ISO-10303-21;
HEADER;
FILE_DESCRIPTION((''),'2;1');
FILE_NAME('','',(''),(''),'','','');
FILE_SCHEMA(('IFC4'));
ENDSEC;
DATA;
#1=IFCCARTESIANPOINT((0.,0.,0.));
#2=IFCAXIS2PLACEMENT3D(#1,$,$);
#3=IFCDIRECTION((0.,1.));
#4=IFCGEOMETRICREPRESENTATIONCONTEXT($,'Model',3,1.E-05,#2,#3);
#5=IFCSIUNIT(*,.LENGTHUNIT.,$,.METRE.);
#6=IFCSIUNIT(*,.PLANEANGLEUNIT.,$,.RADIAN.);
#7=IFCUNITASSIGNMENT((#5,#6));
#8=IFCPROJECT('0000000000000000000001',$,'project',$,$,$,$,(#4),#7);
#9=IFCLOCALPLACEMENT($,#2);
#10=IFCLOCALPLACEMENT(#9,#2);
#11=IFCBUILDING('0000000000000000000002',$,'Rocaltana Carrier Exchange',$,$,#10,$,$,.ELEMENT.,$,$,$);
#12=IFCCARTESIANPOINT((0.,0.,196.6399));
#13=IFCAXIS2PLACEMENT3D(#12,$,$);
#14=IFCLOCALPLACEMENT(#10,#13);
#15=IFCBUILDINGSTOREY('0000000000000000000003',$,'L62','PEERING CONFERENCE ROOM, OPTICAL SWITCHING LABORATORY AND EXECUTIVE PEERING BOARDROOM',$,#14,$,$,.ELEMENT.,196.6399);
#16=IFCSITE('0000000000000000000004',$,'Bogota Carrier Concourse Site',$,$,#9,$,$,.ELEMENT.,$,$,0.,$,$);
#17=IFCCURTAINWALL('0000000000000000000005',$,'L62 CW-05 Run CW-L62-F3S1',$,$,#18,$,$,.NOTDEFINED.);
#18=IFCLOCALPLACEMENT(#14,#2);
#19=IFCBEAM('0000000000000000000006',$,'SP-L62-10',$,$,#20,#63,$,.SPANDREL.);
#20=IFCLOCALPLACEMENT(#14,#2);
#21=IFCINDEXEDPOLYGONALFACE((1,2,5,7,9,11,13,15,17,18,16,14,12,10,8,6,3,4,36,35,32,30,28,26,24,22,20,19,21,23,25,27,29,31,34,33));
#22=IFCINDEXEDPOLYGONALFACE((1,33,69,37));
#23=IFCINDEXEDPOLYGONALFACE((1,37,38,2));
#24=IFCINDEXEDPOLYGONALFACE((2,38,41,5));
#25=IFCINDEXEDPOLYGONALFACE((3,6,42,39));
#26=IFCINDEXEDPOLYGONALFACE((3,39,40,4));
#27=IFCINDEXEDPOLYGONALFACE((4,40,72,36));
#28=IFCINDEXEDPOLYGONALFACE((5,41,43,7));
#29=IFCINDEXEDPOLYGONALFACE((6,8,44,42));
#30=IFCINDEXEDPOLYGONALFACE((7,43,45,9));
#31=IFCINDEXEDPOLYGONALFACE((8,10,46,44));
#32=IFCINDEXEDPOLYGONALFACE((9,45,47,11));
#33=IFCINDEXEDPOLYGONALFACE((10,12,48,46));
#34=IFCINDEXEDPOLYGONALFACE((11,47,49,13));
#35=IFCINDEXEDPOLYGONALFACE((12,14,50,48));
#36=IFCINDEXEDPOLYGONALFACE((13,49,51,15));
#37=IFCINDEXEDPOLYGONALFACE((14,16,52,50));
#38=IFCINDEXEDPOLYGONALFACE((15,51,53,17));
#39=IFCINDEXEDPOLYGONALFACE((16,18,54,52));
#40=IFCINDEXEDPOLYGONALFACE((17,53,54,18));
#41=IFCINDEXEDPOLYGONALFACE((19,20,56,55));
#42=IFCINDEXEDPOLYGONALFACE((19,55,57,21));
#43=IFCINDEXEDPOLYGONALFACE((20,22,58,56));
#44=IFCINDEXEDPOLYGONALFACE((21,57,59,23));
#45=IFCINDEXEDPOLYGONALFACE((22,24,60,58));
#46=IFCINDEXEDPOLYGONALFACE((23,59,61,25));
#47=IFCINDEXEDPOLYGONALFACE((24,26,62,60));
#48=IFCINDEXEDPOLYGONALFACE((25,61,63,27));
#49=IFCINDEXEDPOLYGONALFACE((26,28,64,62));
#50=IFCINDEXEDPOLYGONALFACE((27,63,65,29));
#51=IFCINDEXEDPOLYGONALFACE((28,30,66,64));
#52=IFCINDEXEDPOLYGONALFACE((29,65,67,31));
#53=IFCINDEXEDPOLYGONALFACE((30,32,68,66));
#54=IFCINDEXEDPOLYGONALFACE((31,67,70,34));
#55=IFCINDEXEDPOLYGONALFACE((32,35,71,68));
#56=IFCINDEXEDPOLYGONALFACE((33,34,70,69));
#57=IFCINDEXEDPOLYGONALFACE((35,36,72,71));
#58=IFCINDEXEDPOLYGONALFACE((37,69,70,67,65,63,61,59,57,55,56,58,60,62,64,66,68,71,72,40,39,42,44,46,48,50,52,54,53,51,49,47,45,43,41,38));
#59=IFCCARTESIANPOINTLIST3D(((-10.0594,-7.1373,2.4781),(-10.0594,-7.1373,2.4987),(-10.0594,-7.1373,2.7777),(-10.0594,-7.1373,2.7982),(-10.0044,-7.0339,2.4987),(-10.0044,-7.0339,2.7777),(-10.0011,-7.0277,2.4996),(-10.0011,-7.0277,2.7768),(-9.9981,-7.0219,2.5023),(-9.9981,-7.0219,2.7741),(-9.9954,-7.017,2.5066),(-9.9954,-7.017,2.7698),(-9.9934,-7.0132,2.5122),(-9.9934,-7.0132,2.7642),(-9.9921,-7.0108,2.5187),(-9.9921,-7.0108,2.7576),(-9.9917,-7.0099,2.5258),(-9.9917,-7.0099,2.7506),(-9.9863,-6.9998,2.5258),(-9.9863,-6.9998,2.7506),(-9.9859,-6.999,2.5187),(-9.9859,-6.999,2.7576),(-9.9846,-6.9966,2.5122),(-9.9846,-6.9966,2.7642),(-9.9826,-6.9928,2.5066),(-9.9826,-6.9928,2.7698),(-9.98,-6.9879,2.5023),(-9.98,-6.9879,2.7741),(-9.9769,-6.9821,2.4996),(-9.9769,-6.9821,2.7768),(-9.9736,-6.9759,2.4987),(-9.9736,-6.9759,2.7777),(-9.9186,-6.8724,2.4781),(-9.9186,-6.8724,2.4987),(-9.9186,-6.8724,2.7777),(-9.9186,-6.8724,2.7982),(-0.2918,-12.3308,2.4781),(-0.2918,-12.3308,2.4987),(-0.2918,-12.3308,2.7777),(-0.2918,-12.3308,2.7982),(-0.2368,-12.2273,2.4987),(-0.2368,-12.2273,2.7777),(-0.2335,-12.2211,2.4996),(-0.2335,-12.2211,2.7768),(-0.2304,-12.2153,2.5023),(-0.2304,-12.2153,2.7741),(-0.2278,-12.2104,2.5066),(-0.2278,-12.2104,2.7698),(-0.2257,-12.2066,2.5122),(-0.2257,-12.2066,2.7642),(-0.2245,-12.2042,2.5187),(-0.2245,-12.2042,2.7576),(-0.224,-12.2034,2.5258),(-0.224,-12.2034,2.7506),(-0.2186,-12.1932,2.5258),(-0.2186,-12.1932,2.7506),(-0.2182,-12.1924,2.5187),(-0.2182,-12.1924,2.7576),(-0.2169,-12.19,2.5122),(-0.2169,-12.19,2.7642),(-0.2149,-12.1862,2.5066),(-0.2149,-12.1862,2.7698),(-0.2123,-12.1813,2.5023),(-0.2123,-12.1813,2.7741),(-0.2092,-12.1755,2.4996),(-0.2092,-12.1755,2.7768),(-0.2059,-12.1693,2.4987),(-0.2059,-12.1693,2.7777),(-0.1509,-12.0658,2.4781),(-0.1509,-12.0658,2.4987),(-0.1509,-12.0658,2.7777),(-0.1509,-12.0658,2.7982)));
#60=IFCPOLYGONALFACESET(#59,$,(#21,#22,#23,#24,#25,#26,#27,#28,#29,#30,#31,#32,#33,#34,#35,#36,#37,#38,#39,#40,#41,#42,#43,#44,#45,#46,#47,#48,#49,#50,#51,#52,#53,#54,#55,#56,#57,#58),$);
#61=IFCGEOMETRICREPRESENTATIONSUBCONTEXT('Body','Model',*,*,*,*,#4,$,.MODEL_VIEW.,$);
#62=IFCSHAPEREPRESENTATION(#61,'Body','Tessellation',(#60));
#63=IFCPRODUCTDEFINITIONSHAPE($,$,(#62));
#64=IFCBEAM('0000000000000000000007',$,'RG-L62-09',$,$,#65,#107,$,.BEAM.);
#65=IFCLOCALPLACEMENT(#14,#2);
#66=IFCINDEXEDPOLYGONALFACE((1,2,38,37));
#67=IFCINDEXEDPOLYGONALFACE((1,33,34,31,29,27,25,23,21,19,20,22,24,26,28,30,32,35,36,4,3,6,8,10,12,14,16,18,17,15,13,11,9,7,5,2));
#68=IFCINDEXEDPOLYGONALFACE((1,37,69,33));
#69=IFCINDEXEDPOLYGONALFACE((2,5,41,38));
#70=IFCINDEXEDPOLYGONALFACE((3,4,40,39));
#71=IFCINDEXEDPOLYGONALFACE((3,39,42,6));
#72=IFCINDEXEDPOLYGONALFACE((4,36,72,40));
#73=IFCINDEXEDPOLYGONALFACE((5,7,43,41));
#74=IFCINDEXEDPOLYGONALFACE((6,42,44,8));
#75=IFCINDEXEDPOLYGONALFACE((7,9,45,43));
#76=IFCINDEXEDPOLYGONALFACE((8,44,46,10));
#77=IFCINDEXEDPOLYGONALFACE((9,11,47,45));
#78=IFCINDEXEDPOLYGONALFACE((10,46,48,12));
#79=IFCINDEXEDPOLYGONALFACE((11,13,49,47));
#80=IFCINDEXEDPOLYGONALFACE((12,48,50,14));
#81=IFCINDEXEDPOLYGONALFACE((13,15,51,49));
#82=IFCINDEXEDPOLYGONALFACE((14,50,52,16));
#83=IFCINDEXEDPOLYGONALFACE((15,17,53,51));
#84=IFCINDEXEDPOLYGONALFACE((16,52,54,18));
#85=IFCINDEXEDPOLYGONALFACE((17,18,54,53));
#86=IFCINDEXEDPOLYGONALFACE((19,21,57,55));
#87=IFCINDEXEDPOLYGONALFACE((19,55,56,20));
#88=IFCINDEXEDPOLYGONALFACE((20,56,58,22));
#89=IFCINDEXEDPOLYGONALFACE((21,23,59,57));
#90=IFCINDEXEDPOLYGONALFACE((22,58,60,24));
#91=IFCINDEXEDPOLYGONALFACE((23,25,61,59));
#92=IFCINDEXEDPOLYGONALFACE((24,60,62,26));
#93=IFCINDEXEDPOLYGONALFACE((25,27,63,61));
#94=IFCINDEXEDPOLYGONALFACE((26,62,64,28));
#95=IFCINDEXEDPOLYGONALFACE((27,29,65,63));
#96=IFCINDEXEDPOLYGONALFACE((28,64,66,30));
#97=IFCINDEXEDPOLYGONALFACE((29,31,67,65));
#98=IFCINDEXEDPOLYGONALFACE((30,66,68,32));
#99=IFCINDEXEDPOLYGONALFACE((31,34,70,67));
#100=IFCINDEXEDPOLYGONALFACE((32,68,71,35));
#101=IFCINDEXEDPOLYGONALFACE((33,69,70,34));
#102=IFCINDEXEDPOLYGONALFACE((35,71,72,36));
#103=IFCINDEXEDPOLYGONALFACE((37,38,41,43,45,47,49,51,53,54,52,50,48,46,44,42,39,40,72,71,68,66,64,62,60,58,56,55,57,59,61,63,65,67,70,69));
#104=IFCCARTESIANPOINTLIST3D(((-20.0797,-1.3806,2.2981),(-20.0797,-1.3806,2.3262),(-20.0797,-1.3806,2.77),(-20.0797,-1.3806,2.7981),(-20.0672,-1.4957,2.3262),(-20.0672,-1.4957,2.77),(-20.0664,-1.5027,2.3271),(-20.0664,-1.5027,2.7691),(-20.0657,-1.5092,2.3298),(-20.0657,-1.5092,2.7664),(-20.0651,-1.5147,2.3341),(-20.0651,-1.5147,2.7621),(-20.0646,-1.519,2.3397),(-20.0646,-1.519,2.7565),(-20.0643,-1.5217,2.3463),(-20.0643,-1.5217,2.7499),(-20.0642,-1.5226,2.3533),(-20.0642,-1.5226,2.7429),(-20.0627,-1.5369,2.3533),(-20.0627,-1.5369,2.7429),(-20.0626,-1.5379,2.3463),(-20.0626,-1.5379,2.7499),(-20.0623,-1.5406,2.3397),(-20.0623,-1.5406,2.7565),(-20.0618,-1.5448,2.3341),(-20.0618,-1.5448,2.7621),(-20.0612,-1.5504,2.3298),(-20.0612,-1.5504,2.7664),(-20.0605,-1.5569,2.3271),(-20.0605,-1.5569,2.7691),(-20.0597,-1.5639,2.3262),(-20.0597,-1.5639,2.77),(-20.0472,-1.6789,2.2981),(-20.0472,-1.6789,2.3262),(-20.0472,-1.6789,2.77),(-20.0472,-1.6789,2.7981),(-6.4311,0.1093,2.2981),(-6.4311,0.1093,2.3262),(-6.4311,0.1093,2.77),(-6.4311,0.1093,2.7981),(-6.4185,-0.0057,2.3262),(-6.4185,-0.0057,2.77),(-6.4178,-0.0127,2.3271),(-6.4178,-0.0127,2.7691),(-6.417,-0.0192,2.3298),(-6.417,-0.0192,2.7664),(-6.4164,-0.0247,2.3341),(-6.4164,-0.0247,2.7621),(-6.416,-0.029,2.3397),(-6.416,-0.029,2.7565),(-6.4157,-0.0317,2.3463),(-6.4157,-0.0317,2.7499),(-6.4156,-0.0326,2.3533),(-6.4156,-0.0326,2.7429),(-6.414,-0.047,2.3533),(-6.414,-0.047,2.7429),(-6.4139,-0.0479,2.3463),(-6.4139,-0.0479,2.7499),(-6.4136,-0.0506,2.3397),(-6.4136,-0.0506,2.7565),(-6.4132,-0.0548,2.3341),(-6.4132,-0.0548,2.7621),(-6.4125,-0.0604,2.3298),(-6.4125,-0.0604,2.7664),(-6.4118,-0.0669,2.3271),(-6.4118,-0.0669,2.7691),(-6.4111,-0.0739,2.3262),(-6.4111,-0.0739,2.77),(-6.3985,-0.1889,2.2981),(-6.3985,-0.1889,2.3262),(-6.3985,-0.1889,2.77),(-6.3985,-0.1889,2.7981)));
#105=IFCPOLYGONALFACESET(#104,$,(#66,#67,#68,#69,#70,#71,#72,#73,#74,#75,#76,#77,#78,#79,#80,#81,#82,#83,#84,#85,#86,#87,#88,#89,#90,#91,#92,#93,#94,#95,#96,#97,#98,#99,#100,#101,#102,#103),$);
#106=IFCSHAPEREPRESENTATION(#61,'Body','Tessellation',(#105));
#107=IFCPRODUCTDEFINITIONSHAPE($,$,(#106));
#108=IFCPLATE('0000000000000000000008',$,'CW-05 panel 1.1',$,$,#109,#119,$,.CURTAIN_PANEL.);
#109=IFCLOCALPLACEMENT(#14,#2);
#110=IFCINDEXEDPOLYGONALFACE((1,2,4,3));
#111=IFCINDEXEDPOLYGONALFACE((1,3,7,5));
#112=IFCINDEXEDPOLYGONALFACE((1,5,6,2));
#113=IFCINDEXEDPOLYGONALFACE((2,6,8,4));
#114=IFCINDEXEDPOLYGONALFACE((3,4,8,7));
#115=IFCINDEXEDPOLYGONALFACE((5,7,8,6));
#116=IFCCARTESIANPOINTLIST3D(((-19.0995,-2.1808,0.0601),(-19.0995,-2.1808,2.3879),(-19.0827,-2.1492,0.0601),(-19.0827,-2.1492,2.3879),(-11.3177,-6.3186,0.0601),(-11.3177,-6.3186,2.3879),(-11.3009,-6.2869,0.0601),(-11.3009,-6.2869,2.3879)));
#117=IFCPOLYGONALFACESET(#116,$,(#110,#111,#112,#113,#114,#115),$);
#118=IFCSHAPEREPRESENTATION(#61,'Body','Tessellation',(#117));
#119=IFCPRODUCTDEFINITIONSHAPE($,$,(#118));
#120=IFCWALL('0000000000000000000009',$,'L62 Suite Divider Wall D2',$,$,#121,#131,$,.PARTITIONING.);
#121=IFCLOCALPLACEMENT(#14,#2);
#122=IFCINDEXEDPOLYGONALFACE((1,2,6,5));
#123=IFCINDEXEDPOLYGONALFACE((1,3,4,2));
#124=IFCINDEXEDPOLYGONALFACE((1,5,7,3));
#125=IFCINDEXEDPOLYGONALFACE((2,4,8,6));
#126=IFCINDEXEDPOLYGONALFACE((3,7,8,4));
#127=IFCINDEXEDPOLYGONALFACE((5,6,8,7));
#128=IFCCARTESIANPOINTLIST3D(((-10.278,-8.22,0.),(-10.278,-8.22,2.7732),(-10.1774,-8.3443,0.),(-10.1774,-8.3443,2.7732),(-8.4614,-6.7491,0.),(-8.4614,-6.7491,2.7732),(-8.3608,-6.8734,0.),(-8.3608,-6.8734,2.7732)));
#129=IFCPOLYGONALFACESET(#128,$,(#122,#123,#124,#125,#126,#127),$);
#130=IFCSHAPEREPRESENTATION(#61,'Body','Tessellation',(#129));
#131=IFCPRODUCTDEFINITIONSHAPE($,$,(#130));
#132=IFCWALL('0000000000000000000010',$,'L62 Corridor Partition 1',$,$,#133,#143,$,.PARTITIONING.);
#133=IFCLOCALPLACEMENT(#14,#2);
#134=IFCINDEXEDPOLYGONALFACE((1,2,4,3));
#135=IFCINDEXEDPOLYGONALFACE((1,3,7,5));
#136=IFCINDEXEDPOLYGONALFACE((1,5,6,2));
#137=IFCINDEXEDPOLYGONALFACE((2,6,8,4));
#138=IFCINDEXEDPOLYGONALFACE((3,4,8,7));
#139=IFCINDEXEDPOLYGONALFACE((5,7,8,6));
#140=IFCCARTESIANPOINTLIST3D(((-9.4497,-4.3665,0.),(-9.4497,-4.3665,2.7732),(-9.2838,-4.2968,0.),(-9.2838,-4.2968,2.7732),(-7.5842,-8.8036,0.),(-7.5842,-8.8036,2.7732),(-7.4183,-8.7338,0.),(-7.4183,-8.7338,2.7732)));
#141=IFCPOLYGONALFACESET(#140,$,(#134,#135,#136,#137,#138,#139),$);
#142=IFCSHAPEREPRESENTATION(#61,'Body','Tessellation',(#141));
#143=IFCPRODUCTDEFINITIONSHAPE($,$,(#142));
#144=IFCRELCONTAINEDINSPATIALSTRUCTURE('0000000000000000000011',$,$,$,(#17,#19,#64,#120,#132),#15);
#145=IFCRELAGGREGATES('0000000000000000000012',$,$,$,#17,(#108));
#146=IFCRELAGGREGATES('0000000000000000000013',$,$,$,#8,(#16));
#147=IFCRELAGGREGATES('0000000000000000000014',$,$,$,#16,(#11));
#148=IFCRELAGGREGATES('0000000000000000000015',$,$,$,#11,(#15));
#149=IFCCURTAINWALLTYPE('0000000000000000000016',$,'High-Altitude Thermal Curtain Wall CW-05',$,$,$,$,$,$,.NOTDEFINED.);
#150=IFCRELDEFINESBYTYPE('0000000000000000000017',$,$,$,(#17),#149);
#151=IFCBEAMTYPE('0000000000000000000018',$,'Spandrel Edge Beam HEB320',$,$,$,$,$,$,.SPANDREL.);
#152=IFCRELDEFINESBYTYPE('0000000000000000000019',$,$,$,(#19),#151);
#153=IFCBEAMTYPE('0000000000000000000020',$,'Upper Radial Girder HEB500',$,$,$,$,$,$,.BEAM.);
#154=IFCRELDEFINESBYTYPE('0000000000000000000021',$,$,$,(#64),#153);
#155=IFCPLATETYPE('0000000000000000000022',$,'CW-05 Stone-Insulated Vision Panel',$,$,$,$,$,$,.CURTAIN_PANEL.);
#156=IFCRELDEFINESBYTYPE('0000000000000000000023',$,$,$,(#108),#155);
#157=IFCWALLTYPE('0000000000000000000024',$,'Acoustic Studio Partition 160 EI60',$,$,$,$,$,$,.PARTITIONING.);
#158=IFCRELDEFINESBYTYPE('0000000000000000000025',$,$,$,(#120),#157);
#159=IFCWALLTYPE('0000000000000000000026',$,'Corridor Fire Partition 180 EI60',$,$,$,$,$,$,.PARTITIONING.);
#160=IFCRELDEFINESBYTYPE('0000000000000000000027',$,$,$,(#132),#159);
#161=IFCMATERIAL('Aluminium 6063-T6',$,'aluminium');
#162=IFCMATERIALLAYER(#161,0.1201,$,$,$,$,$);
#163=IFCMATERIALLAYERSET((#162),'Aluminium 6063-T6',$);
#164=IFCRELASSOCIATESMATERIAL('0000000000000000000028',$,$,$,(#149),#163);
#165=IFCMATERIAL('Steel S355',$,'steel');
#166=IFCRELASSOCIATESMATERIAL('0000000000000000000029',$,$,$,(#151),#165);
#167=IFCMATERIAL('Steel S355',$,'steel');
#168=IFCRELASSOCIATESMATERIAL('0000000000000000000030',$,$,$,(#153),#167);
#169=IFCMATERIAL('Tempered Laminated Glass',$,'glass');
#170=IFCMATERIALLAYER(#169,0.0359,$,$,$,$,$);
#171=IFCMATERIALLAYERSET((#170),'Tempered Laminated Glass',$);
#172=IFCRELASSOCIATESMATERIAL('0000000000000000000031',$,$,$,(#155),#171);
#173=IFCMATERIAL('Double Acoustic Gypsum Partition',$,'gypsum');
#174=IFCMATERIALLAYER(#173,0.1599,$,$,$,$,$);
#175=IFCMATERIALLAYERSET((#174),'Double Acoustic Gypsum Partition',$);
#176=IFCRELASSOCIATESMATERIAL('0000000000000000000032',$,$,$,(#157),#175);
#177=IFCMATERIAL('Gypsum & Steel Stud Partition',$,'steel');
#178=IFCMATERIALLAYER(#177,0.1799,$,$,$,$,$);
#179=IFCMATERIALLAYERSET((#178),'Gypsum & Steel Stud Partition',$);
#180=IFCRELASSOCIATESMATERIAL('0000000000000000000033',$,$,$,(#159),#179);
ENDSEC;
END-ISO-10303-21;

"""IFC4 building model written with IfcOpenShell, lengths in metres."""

from ifc_helpers import new_model, si_unit, direction, frame, frame_2d, origin, origin_2d, place, context, subcontext, project, spatial, rectangle, i_section, extrude, material, layer, layer_set, material_profile, profile_set, type_object, element, aggregate, save


model = new_model("IFC4")

# Units and contexts
model_context = context("Model", 3, precision=1e-05, world=origin(), true_north=direction((0.0, 1.0)))
body_context = subcontext(model_context, "Body", "Model", "MODEL_VIEW")
ifc_project = project(units=[si_unit("LENGTHUNIT", "METRE"), si_unit("PLANEANGLEUNIT", "RADIAN")], contexts=[model_context])

# Site, building, storey
site_placement = place(None, origin())
site = spatial("IfcSite", under=ifc_project, at=site_placement, Name="Bogota Carrier Concourse Site", CompositionType="ELEMENT", RefElevation=0.0)
building_placement = place(site_placement, origin())
building = spatial("IfcBuilding", under=site, at=building_placement, Name="Rocaltana Carrier Exchange", CompositionType="ELEMENT")
storey_placement = place(building_placement, frame((0.0, 0.0, 196.6399)))
storey = spatial("IfcBuildingStorey", under=building, at=storey_placement, Name="L62", Description="PEERING CONFERENCE ROOM, OPTICAL SWITCHING LABORATORY AND EXECUTIVE PEERING BOARDROOM", CompositionType="ELEMENT", Elevation=196.6399)

# Curtain wall
ifc_material_1 = material(Name="Aluminium 6063-T6", Category="aluminium")
ifc_layer_1 = layer(ifc_material_1, 0.1201)
ifc_layer_set_1 = layer_set([ifc_layer_1], Name="Aluminium 6063-T6")
curtain_wall_type = type_object("IfcCurtainWallType", Name="High-Altitude Thermal Curtain Wall CW-05", PredefinedType="NOTDEFINED", material=ifc_layer_set_1)
curtain_wall_1_placement = place(storey_placement, origin())
curtain_wall_1 = element("IfcCurtainWall", 1, at=curtain_wall_1_placement, inside=storey, type_object=curtain_wall_type, Name="L62 CW-05 Run CW-L62-F3S1", PredefinedType="NOTDEFINED")

# Beams
ifc_material_2 = material(Name="Steel S355", Category="steel")
ifc_material_profile_1 = material_profile(ifc_material_2, i_section(OverallWidth=0.3, OverallDepth=0.3201, WebThickness=0.0115, FlangeThickness=0.0205, FilletRadius=0.0271, at=origin_2d()), Name="HEB320")
ifc_profile_set_1 = profile_set([ifc_material_profile_1], Name="Steel S355")
beam_type_1 = type_object("IfcBeamType", Name="Spandrel Edge Beam HEB320", PredefinedType="SPANDREL", material=ifc_profile_set_1)
for number, where, z_axis, x_axis, name in (
    (2, (-9.989, -7.0049, 2.6382), (0.882953, -0.469461, 0.0), (0.469461, 0.882953, 0.0), "SP-L62-10"),
):
    element("IfcBeam", number, at=place(storey_placement, frame(where, z_axis=z_axis, x_axis=x_axis)), inside=storey, type_object=beam_type_1, Name=name, PredefinedType="SPANDREL", context=body_context, shape_type="SweptSolid", body=[
        extrude(i_section(OverallWidth=0.3, OverallDepth=0.3201, WebThickness=0.0115, FlangeThickness=0.0205, FilletRadius=0.0271, at=origin_2d()), origin(), (0.0, 0.0, 1.0), 11.0625),
    ])
ifc_material_3 = material(Name="Steel S355", Category="steel")
ifc_material_profile_2 = material_profile(ifc_material_3, i_section(OverallWidth=0.3, OverallDepth=0.5, WebThickness=0.0144, FlangeThickness=0.0281, FilletRadius=0.0271, at=origin_2d()), Name="HEB500")
ifc_profile_set_2 = profile_set([ifc_material_profile_2], Name="Steel S355")
beam_type_2 = type_object("IfcBeamType", Name="Upper Radial Girder HEB500", PredefinedType="BEAM", material=ifc_profile_set_2)
beam_1_placement = place(storey_placement, frame((-6.4148, -0.0398, 2.5481), z_axis=(-0.994094, -0.108523, 0.0), x_axis=(0.108523, -0.994094, 0.0)))
element("IfcBeam", 3, at=beam_1_placement, inside=storey, type_object=beam_type_2, Name="RG-L62-09", PredefinedType="BEAM", context=body_context, shape_type="SweptSolid", body=[
    extrude(i_section(OverallWidth=0.3, OverallDepth=0.5, WebThickness=0.0144, FlangeThickness=0.0281, FilletRadius=0.0271, at=origin_2d()), origin(), (0.0, 0.0, 1.0), 13.7297),
])

# Plate
ifc_material_4 = material(Name="Tempered Laminated Glass", Category="glass")
ifc_layer_2 = layer(ifc_material_4, 0.0359)
ifc_layer_set_2 = layer_set([ifc_layer_2], Name="Tempered Laminated Glass")
plate_type = type_object("IfcPlateType", Name="CW-05 Stone-Insulated Vision Panel", PredefinedType="CURTAIN_PANEL", material=ifc_layer_set_2)
plate_placement = place(storey_placement, frame((-15.2002, -4.2339, 0.0601), z_axis=(0.0, 0.0, 1.0), x_axis=(0.882941, -0.469483, 0.0)))
plate = element("IfcPlate", 4, at=plate_placement, type_object=plate_type, Name="CW-05 panel 1.1", PredefinedType="CURTAIN_PANEL", context=body_context, shape_type="SweptSolid", body=[
    extrude(rectangle(XDim=8.8135, YDim=0.0359, at=origin_2d()), origin(), (0.0, 0.0, 1.0), 2.3279),
])
aggregate(curtain_wall_1, [plate])

# Walls
ifc_material_5 = material(Name="Double Acoustic Gypsum Partition", Category="gypsum")
ifc_layer_3 = layer(ifc_material_5, 0.1599)
ifc_layer_set_3 = layer_set([ifc_layer_3], Name="Double Acoustic Gypsum Partition")
wall_type_1 = type_object("IfcWallType", Name="Acoustic Studio Partition 160 EI60", PredefinedType="PARTITIONING", material=ifc_layer_set_3)
wall_1_placement = place(storey_placement, frame((-8.4111, -6.8113, 0.0), z_axis=(0.0, 0.0, 1.0), x_axis=(-0.777177, -0.629282, 0.0)))
element("IfcWall", 5, at=wall_1_placement, inside=storey, type_object=wall_type_1, Name="L62 Suite Divider Wall D2", PredefinedType="PARTITIONING", context=body_context, shape_type="SweptSolid", body=[
    extrude(rectangle(XDim=2.3374, YDim=0.1599, at=frame_2d((1.1687, 0.0))), origin(), (0.0, 0.0, 1.0), 2.7732),
])
ifc_material_6 = material(Name="Gypsum & Steel Stud Partition", Category="steel")
ifc_layer_4 = layer(ifc_material_6, 0.1799)
ifc_layer_set_4 = layer_set([ifc_layer_4], Name="Gypsum & Steel Stud Partition")
wall_type_2 = type_object("IfcWallType", Name="Corridor Fire Partition 180 EI60", PredefinedType="PARTITIONING", material=ifc_layer_set_4)
wall_2_placement = place(storey_placement, frame((-7.5012, -8.7688, 0.0), z_axis=(0.0, 0.0, 1.0), x_axis=(-0.387574, 0.921839, 0.0)))
element("IfcWall", 6, at=wall_2_placement, inside=storey, type_object=wall_type_2, Name="L62 Corridor Partition 1", PredefinedType="PARTITIONING", context=body_context, shape_type="SweptSolid", body=[
    extrude(rectangle(XDim=4.8132, YDim=0.1799, at=frame_2d((2.4067, 0.0))), origin(), (0.0, 0.0, 1.0), 2.7732),
])

save(model, "model.ifc")
